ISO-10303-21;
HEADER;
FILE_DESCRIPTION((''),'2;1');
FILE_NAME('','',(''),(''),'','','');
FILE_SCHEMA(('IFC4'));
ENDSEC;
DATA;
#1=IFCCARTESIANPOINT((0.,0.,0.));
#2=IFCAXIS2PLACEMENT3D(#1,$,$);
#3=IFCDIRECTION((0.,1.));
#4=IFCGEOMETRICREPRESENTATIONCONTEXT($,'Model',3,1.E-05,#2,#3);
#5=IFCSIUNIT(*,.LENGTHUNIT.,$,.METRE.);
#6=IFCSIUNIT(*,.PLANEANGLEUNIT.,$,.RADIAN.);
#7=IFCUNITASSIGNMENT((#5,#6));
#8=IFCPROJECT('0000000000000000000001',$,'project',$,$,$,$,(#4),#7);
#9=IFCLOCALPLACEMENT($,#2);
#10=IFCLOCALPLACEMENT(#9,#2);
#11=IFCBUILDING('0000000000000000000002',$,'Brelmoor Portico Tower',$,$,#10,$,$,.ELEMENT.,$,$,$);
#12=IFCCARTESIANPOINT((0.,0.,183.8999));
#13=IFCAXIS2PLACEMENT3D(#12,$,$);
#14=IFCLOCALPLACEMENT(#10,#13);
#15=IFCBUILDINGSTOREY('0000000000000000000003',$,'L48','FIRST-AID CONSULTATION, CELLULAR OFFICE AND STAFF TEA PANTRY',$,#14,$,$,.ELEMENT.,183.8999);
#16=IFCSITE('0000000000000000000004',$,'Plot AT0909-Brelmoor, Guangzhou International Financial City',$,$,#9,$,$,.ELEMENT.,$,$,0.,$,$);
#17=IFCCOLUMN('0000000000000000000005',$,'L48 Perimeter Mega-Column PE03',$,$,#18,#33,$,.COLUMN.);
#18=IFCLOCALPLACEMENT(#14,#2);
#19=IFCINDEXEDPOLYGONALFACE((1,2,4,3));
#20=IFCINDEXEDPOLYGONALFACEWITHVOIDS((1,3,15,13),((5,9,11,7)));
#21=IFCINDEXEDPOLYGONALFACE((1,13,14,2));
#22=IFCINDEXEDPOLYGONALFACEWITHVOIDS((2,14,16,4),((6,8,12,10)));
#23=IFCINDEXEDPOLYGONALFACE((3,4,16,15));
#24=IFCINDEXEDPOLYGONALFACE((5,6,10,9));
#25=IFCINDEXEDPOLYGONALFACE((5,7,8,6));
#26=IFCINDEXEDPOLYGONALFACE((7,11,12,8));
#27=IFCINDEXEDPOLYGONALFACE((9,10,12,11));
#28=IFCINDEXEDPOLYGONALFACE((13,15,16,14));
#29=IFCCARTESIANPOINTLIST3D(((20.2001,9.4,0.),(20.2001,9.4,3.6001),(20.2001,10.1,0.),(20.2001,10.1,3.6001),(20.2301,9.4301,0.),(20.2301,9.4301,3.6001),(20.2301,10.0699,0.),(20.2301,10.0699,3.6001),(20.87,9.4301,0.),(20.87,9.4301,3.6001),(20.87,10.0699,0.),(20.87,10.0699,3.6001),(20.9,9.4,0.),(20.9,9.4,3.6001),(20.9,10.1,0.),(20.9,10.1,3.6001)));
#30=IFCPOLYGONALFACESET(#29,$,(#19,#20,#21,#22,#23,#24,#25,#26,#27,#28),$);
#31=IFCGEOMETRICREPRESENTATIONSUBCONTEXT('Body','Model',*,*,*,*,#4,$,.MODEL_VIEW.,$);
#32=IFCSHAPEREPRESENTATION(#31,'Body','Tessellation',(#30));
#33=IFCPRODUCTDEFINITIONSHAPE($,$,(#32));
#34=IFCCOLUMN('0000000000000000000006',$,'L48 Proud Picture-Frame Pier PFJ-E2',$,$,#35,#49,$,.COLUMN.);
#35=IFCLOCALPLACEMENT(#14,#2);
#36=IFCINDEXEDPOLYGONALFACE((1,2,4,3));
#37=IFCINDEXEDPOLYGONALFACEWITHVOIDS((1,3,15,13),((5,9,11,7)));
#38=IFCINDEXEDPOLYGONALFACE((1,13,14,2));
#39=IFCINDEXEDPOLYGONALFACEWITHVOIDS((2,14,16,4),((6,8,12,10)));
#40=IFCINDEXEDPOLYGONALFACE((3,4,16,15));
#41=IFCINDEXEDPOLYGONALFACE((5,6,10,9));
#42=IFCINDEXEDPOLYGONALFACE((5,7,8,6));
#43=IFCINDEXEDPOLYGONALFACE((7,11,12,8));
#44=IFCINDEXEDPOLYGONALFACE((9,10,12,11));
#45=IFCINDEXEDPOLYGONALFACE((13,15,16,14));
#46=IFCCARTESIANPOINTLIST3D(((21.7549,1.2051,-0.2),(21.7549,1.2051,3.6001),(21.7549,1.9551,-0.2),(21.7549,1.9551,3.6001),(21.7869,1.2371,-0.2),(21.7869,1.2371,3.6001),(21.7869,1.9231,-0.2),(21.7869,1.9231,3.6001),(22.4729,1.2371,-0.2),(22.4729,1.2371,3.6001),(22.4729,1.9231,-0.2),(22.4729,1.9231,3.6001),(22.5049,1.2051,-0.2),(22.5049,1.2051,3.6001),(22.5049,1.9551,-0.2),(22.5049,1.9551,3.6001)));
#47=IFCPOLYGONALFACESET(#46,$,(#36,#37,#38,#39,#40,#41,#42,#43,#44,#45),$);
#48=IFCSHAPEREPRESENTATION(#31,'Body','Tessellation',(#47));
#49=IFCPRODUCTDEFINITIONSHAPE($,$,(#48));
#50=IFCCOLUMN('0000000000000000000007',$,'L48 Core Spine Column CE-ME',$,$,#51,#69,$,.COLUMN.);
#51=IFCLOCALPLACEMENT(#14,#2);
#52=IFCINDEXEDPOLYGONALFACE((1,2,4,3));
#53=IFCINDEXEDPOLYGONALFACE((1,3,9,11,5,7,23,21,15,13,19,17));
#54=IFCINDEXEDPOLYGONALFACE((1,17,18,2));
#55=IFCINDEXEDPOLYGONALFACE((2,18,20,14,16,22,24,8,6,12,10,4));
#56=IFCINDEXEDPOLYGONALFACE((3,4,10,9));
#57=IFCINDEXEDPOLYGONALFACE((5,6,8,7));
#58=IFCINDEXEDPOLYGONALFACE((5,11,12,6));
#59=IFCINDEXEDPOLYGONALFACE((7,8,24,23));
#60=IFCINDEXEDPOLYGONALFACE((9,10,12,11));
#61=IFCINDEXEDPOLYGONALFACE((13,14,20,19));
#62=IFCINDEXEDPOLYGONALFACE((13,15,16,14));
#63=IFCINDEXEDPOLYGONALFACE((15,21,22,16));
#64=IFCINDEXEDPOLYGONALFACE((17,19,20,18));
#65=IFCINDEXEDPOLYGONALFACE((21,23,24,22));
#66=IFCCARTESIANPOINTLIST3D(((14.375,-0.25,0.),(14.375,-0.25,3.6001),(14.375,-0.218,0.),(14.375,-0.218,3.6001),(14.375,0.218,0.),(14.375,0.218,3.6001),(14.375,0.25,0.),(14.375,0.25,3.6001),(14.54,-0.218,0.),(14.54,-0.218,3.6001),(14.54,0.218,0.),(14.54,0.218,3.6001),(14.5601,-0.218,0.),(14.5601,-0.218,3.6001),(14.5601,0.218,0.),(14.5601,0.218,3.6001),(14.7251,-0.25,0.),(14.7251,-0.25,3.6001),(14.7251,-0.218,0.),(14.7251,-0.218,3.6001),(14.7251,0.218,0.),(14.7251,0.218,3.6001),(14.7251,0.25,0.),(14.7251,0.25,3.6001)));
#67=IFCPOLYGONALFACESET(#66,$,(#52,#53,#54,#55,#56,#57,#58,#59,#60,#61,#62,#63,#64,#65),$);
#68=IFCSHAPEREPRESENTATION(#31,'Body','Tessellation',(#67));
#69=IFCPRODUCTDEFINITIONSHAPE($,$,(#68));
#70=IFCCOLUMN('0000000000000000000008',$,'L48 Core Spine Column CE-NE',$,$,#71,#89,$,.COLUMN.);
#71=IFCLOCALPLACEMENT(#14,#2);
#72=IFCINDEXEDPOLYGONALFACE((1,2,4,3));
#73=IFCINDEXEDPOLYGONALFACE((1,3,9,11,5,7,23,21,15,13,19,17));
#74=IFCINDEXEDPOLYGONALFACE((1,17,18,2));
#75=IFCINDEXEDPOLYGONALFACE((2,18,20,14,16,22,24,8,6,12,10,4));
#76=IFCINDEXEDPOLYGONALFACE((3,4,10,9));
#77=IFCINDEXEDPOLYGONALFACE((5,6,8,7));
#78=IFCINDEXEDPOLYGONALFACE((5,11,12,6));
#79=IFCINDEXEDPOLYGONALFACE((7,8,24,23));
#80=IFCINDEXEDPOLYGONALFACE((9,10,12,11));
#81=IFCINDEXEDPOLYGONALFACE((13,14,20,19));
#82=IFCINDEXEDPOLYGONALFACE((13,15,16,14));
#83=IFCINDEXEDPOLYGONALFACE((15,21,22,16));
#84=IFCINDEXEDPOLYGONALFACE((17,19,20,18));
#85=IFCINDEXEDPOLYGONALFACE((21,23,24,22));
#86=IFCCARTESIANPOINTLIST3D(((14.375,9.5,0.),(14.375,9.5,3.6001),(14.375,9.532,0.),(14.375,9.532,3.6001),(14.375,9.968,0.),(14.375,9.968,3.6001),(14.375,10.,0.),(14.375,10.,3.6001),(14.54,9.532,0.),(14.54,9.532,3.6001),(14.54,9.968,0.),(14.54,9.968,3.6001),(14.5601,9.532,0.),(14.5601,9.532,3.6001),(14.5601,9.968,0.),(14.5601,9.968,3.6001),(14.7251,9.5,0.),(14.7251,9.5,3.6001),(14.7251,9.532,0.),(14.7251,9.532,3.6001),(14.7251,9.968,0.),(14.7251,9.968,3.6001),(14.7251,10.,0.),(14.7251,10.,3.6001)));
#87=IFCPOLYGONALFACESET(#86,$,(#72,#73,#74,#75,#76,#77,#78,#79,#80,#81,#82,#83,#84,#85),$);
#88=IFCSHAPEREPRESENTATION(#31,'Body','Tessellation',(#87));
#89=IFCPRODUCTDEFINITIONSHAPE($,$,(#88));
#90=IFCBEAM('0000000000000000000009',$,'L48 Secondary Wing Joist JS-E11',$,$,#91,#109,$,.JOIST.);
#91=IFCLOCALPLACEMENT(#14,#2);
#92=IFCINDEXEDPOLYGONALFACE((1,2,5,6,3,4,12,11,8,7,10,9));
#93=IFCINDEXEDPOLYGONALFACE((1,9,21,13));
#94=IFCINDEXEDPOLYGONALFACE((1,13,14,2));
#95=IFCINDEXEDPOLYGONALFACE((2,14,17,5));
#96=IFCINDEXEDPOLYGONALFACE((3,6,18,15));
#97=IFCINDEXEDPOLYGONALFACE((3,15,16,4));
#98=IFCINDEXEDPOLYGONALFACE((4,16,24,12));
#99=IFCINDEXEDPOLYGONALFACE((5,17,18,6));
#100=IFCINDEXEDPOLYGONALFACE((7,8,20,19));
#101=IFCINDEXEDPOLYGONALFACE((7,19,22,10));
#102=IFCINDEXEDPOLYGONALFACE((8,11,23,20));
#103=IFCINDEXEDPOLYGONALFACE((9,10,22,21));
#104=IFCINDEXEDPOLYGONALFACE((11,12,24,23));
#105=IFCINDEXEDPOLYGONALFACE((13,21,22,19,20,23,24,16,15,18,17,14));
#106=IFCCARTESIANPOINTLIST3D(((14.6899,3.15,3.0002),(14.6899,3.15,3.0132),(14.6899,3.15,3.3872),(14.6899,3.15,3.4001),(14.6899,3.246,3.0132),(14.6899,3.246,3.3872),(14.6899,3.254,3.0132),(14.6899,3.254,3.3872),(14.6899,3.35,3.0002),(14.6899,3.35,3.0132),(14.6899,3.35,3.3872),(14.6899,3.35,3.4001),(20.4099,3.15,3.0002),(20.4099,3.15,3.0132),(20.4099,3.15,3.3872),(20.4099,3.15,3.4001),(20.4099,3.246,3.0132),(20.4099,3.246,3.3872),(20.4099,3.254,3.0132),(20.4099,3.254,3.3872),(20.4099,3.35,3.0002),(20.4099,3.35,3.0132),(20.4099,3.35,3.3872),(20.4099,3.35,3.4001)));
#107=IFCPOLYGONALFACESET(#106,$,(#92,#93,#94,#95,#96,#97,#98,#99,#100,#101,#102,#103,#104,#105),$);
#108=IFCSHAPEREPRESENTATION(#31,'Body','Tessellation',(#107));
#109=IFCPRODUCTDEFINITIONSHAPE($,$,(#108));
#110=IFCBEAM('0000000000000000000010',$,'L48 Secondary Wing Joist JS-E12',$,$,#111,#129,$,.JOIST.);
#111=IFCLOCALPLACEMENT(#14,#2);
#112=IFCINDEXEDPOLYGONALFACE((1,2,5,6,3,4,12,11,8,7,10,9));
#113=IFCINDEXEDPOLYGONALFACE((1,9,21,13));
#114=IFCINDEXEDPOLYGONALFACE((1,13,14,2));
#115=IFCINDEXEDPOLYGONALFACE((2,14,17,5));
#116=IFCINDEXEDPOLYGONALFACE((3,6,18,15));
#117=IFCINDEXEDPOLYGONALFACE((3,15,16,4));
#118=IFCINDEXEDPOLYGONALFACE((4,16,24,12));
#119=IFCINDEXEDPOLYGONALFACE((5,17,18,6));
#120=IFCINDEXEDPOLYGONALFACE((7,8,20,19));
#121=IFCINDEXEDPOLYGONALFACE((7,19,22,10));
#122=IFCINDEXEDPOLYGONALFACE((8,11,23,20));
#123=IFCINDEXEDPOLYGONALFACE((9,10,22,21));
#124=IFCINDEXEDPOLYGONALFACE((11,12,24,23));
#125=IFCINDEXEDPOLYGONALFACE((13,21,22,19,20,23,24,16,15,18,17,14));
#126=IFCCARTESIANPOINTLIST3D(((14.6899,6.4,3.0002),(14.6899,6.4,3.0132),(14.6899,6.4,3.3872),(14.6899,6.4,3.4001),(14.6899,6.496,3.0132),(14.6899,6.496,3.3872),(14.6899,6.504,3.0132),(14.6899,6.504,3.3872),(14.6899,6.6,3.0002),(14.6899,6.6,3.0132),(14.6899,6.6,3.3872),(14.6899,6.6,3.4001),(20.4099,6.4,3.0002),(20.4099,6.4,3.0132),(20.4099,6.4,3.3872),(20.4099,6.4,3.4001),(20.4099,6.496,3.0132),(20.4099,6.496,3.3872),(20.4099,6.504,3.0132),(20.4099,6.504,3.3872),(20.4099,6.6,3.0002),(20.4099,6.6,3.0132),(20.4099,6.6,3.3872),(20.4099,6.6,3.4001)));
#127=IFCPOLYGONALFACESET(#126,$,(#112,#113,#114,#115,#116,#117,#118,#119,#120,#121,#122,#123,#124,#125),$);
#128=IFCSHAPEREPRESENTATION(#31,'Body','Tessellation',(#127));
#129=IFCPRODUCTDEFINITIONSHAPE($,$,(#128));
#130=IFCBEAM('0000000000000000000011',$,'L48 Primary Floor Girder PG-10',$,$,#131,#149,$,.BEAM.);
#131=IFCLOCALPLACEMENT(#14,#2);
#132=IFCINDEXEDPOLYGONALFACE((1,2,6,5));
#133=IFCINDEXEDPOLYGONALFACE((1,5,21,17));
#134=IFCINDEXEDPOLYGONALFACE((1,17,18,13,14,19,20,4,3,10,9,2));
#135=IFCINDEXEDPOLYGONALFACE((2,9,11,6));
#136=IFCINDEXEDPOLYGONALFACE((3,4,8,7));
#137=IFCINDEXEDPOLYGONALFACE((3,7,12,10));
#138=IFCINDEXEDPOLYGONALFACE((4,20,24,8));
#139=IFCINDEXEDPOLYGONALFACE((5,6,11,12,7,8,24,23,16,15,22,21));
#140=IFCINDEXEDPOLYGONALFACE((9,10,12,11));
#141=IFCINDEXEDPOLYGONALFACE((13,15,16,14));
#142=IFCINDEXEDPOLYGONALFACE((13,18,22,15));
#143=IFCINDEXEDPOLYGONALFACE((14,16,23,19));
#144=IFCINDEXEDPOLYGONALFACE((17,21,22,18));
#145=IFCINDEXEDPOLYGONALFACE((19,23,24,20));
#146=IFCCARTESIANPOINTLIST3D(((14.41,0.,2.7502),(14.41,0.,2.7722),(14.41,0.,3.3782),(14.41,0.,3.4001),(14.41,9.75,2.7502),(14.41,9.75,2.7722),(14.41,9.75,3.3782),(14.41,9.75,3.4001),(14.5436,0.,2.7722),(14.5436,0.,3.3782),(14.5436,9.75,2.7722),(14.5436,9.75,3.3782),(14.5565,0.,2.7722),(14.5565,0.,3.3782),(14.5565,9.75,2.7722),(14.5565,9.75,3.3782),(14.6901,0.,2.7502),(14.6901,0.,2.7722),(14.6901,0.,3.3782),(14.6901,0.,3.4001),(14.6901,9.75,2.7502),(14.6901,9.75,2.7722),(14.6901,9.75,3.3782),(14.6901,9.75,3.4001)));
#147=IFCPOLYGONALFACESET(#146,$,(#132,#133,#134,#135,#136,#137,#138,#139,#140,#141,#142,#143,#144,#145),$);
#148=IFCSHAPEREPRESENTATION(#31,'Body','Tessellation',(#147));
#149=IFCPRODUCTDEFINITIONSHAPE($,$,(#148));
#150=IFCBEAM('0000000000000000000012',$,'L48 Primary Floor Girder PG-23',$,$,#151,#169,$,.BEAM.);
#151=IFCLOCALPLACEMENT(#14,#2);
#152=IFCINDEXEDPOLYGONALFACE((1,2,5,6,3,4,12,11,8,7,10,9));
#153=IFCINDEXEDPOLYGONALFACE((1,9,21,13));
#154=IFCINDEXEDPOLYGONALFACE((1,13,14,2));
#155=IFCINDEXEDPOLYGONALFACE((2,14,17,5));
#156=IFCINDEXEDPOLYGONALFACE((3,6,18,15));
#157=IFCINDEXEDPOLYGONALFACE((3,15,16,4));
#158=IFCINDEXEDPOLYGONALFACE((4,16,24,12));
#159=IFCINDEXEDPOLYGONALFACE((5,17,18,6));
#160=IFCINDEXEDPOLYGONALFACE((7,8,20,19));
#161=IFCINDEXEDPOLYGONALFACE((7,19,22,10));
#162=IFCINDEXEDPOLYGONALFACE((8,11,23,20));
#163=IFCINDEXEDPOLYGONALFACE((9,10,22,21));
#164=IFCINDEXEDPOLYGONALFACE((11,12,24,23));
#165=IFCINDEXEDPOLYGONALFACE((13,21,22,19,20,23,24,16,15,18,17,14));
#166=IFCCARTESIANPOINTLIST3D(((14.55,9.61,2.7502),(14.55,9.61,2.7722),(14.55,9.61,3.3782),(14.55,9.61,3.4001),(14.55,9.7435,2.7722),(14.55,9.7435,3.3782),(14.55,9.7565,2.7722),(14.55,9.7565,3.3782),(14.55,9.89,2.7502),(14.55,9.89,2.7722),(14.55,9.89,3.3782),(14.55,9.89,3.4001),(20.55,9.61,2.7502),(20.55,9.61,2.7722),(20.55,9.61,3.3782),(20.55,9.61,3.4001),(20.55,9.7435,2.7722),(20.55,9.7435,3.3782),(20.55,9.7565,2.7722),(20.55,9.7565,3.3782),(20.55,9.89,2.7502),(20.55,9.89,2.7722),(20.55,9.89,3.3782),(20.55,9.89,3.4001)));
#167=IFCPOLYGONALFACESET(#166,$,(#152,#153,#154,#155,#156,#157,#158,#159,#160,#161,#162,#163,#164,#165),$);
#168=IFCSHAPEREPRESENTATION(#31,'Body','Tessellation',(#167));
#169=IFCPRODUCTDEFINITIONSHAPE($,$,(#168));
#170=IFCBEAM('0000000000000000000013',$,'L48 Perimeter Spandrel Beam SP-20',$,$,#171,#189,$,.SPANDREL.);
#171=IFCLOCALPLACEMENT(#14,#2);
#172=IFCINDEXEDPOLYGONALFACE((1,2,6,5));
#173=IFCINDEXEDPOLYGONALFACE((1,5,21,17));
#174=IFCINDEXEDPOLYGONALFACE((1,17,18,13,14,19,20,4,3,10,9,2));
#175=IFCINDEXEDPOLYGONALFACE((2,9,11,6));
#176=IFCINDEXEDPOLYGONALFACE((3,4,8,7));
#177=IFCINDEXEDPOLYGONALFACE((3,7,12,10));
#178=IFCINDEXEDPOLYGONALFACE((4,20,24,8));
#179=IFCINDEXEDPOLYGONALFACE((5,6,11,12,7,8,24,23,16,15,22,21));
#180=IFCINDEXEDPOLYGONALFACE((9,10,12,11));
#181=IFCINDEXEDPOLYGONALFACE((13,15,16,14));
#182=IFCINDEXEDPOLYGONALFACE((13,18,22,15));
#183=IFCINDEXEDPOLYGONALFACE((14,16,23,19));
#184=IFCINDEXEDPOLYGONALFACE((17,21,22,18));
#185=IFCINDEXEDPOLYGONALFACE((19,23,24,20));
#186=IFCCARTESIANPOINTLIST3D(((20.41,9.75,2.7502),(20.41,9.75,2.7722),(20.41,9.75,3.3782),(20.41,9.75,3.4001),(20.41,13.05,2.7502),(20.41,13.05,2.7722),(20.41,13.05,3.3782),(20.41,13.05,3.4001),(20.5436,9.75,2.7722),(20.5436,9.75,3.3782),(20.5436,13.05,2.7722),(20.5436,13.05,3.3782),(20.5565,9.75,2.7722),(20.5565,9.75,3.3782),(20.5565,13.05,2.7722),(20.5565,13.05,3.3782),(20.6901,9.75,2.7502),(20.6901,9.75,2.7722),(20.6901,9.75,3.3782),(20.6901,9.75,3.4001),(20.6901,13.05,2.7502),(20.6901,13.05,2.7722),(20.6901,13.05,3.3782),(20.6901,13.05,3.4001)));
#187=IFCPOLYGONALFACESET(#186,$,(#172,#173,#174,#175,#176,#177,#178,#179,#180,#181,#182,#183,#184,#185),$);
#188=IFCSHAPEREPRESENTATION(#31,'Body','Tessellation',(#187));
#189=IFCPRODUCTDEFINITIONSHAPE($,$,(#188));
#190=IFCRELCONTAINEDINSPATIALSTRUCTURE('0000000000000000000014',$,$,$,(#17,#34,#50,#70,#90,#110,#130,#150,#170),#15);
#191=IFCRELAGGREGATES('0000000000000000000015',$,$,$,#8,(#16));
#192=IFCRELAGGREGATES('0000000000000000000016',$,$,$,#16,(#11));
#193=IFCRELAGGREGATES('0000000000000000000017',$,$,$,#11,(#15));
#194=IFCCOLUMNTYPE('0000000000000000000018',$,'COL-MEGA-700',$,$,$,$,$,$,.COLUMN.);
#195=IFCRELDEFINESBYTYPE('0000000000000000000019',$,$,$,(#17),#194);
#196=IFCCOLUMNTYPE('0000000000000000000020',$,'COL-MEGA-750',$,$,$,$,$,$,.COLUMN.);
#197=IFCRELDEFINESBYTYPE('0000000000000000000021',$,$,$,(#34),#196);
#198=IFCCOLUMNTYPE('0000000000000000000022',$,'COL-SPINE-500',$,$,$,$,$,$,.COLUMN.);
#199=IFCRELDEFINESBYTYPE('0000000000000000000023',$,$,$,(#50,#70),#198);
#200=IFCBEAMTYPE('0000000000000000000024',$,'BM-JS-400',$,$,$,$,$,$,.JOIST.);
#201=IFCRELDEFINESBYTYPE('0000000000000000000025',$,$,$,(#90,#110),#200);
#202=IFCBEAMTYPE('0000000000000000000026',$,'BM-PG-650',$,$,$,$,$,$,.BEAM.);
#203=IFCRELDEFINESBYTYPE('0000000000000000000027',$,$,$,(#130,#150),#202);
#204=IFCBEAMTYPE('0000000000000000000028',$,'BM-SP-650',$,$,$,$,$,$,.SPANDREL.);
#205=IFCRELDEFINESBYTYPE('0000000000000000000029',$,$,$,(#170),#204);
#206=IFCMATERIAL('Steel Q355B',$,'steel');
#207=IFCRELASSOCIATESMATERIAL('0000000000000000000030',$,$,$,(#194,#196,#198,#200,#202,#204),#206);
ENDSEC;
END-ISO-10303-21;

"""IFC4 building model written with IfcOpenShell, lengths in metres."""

from ifc_helpers import new_model, si_unit, direction, frame, origin, origin_2d, place, context, subcontext, project, spatial, hollow_rectangle, i_section, extrude, material, material_profile, profile_set, type_object, element, save


model = new_model("IFC4")

# Units and contexts
model_context = context("Model", 3, precision=1e-05, world=origin(), true_north=direction((0.0, 1.0)))
body_context = subcontext(model_context, "Body", "Model", "MODEL_VIEW")
ifc_project = project(units=[si_unit("LENGTHUNIT", "METRE"), si_unit("PLANEANGLEUNIT", "RADIAN")], contexts=[model_context])

# Site, building, storey
site_placement = place(None, origin())
site = spatial("IfcSite", under=ifc_project, at=site_placement, Name="Plot AT0909-Brelmoor, Guangzhou International Financial City", CompositionType="ELEMENT", RefElevation=0.0)
building_placement = place(site_placement, origin())
building = spatial("IfcBuilding", under=site, at=building_placement, Name="Brelmoor Portico Tower", CompositionType="ELEMENT")
storey_placement = place(building_placement, frame((0.0, 0.0, 183.8999)))
storey = spatial("IfcBuildingStorey", under=building, at=storey_placement, Name="L48", Description="FIRST-AID CONSULTATION, CELLULAR OFFICE AND STAFF TEA PANTRY", CompositionType="ELEMENT", Elevation=183.8999)

# Columns
ifc_material_1 = material(Name="Steel Q355B", Category="steel")
ifc_material_profile_1 = material_profile(ifc_material_1, hollow_rectangle(XDim=0.7, YDim=0.7, WallThickness=0.03, at=origin_2d()), Name="BOX 700x700x30")
ifc_profile_set_1 = profile_set([ifc_material_profile_1], Name="Steel Q355B")
column_type_1 = type_object("IfcColumnType", Name="COL-MEGA-700", PredefinedType="COLUMN", material=ifc_profile_set_1)
column_1_placement = place(storey_placement, frame((20.55, 9.75, 0.0), z_axis=(0.0, 0.0, 1.0), x_axis=(0.0, 1.0, 0.0)))
element("IfcColumn", 1, at=column_1_placement, inside=storey, type_object=column_type_1, Name="L48 Perimeter Mega-Column PE03", PredefinedType="COLUMN", context=body_context, shape_type="SweptSolid", body=[
    extrude(hollow_rectangle(XDim=0.7, YDim=0.7, WallThickness=0.03, at=origin_2d()), origin(), (0.0, 0.0, 1.0), 3.6001),
])
ifc_material_profile_2 = material_profile(ifc_material_1, hollow_rectangle(XDim=0.75, YDim=0.75, WallThickness=0.032, at=origin_2d()), Name="BOX 750x750x32")
ifc_profile_set_2 = profile_set([ifc_material_profile_2], Name="Steel Q355B")
column_type_2 = type_object("IfcColumnType", Name="COL-MEGA-750", PredefinedType="COLUMN", material=ifc_profile_set_2)
column_2_placement = place(storey_placement, frame((22.1299, 1.5801, -0.2), z_axis=(0.0, 0.0, 1.0), x_axis=(0.0, 1.0, 0.0)))
element("IfcColumn", 2, at=column_2_placement, inside=storey, type_object=column_type_2, Name="L48 Proud Picture-Frame Pier PFJ-E2", PredefinedType="COLUMN", context=body_context, shape_type="SweptSolid", body=[
    extrude(hollow_rectangle(XDim=0.75, YDim=0.75, WallThickness=0.032, at=origin_2d()), origin(), (0.0, 0.0, 1.0), 3.8),
])
ifc_material_profile_3 = material_profile(ifc_material_1, i_section(OverallWidth=0.3501, OverallDepth=0.5, WebThickness=0.02, FlangeThickness=0.032, at=origin_2d()), Name="HW 500x350x20x32")
ifc_profile_set_3 = profile_set([ifc_material_profile_3], Name="Steel Q355B")
column_type_3 = type_object("IfcColumnType", Name="COL-SPINE-500", PredefinedType="COLUMN", material=ifc_profile_set_3)
for number, where, z_axis, x_axis, name in (
    (3, (14.55, 0.0, 0.0), (0.0, 0.0, 1.0), (1.0, 0.0, 0.0), "L48 Core Spine Column CE-ME"),
    (4, (14.55, 9.75, 0.0), (0.0, 0.0, 1.0), (1.0, 0.0, 0.0), "L48 Core Spine Column CE-NE"),
):
    element("IfcColumn", number, at=place(storey_placement, frame(where, z_axis=z_axis, x_axis=x_axis)), inside=storey, type_object=column_type_3, Name=name, PredefinedType="COLUMN", context=body_context, shape_type="SweptSolid", body=[
        extrude(i_section(OverallWidth=0.3501, OverallDepth=0.5, WebThickness=0.02, FlangeThickness=0.032, at=origin_2d()), origin(), (0.0, 0.0, 1.0), 3.6001),
    ])

# Beams
ifc_material_profile_4 = material_profile(ifc_material_1, i_section(OverallWidth=0.2, OverallDepth=0.3999, WebThickness=0.0081, FlangeThickness=0.0129, at=origin_2d()), Name="HN 400x200x8x13")
ifc_profile_set_4 = profile_set([ifc_material_profile_4], Name="Steel Q355B")
beam_type_1 = type_object("IfcBeamType", Name="BM-JS-400", PredefinedType="JOIST", material=ifc_profile_set_4)
for number, where, z_axis, x_axis, name in (
    (5, (14.6899, 3.25, 3.2002), (1.0, 0.0, 0.0), (0.0, 1.0, 0.0), "L48 Secondary Wing Joist JS-E11"),
    (6, (14.6899, 6.5, 3.2002), (1.0, 0.0, 0.0), (0.0, 1.0, 0.0), "L48 Secondary Wing Joist JS-E12"),
):
    element("IfcBeam", number, at=place(storey_placement, frame(where, z_axis=z_axis, x_axis=x_axis)), inside=storey, type_object=beam_type_1, Name=name, PredefinedType="JOIST", context=body_context, shape_type="SweptSolid", body=[
        extrude(i_section(OverallWidth=0.2, OverallDepth=0.3999, WebThickness=0.0081, FlangeThickness=0.0129, at=origin_2d()), origin(), (0.0, 0.0, 1.0), 5.72),
    ])
ifc_material_profile_5 = material_profile(ifc_material_1, i_section(OverallWidth=0.28, OverallDepth=0.6499, WebThickness=0.0129, FlangeThickness=0.022, at=origin_2d()), Name="HN 650x280x13x22")
ifc_profile_set_5 = profile_set([ifc_material_profile_5], Name="Steel Q355B")
beam_type_2 = type_object("IfcBeamType", Name="BM-PG-650", PredefinedType="BEAM", material=ifc_profile_set_5)
beam_1_placement = place(storey_placement, frame((14.55, 0.0, 3.0752), z_axis=(0.0, 1.0, 0.0), x_axis=(-1.0, 0.0, 0.0)))
element("IfcBeam", 7, at=beam_1_placement, inside=storey, type_object=beam_type_2, Name="L48 Primary Floor Girder PG-10", PredefinedType="BEAM", context=body_context, shape_type="SweptSolid", body=[
    extrude(i_section(OverallWidth=0.28, OverallDepth=0.6499, WebThickness=0.0129, FlangeThickness=0.022, at=origin_2d()), origin(), (0.0, 0.0, 1.0), 9.75),
])
beam_2_placement = place(storey_placement, frame((14.55, 9.75, 3.0752), z_axis=(1.0, 0.0, 0.0), x_axis=(0.0, 1.0, 0.0)))
element("IfcBeam", 8, at=beam_2_placement, inside=storey, type_object=beam_type_2, Name="L48 Primary Floor Girder PG-23", PredefinedType="BEAM", context=body_context, shape_type="SweptSolid", body=[
    extrude(i_section(OverallWidth=0.28, OverallDepth=0.6499, WebThickness=0.0129, FlangeThickness=0.022, at=origin_2d()), origin(), (0.0, 0.0, 1.0), 6.0),
])
ifc_material_profile_6 = material_profile(ifc_material_1, i_section(OverallWidth=0.28, OverallDepth=0.6499, WebThickness=0.0129, FlangeThickness=0.022, at=origin_2d()), Name="HN 650x280x13x22")
ifc_profile_set_6 = profile_set([ifc_material_profile_6], Name="Steel Q355B")
beam_type_3 = type_object("IfcBeamType", Name="BM-SP-650", PredefinedType="SPANDREL", material=ifc_profile_set_6)
beam_3_placement = place(storey_placement, frame((20.55, 9.75, 3.0752), z_axis=(0.0, 1.0, 0.0), x_axis=(-1.0, 0.0, 0.0)))
element("IfcBeam", 9, at=beam_3_placement, inside=storey, type_object=beam_type_3, Name="L48 Perimeter Spandrel Beam SP-20", PredefinedType="SPANDREL", context=body_context, shape_type="SweptSolid", body=[
    extrude(i_section(OverallWidth=0.28, OverallDepth=0.6499, WebThickness=0.0129, FlangeThickness=0.022, at=origin_2d()), origin(), (0.0, 0.0, 1.0), 3.3),
])

save(model, "model.ifc")
